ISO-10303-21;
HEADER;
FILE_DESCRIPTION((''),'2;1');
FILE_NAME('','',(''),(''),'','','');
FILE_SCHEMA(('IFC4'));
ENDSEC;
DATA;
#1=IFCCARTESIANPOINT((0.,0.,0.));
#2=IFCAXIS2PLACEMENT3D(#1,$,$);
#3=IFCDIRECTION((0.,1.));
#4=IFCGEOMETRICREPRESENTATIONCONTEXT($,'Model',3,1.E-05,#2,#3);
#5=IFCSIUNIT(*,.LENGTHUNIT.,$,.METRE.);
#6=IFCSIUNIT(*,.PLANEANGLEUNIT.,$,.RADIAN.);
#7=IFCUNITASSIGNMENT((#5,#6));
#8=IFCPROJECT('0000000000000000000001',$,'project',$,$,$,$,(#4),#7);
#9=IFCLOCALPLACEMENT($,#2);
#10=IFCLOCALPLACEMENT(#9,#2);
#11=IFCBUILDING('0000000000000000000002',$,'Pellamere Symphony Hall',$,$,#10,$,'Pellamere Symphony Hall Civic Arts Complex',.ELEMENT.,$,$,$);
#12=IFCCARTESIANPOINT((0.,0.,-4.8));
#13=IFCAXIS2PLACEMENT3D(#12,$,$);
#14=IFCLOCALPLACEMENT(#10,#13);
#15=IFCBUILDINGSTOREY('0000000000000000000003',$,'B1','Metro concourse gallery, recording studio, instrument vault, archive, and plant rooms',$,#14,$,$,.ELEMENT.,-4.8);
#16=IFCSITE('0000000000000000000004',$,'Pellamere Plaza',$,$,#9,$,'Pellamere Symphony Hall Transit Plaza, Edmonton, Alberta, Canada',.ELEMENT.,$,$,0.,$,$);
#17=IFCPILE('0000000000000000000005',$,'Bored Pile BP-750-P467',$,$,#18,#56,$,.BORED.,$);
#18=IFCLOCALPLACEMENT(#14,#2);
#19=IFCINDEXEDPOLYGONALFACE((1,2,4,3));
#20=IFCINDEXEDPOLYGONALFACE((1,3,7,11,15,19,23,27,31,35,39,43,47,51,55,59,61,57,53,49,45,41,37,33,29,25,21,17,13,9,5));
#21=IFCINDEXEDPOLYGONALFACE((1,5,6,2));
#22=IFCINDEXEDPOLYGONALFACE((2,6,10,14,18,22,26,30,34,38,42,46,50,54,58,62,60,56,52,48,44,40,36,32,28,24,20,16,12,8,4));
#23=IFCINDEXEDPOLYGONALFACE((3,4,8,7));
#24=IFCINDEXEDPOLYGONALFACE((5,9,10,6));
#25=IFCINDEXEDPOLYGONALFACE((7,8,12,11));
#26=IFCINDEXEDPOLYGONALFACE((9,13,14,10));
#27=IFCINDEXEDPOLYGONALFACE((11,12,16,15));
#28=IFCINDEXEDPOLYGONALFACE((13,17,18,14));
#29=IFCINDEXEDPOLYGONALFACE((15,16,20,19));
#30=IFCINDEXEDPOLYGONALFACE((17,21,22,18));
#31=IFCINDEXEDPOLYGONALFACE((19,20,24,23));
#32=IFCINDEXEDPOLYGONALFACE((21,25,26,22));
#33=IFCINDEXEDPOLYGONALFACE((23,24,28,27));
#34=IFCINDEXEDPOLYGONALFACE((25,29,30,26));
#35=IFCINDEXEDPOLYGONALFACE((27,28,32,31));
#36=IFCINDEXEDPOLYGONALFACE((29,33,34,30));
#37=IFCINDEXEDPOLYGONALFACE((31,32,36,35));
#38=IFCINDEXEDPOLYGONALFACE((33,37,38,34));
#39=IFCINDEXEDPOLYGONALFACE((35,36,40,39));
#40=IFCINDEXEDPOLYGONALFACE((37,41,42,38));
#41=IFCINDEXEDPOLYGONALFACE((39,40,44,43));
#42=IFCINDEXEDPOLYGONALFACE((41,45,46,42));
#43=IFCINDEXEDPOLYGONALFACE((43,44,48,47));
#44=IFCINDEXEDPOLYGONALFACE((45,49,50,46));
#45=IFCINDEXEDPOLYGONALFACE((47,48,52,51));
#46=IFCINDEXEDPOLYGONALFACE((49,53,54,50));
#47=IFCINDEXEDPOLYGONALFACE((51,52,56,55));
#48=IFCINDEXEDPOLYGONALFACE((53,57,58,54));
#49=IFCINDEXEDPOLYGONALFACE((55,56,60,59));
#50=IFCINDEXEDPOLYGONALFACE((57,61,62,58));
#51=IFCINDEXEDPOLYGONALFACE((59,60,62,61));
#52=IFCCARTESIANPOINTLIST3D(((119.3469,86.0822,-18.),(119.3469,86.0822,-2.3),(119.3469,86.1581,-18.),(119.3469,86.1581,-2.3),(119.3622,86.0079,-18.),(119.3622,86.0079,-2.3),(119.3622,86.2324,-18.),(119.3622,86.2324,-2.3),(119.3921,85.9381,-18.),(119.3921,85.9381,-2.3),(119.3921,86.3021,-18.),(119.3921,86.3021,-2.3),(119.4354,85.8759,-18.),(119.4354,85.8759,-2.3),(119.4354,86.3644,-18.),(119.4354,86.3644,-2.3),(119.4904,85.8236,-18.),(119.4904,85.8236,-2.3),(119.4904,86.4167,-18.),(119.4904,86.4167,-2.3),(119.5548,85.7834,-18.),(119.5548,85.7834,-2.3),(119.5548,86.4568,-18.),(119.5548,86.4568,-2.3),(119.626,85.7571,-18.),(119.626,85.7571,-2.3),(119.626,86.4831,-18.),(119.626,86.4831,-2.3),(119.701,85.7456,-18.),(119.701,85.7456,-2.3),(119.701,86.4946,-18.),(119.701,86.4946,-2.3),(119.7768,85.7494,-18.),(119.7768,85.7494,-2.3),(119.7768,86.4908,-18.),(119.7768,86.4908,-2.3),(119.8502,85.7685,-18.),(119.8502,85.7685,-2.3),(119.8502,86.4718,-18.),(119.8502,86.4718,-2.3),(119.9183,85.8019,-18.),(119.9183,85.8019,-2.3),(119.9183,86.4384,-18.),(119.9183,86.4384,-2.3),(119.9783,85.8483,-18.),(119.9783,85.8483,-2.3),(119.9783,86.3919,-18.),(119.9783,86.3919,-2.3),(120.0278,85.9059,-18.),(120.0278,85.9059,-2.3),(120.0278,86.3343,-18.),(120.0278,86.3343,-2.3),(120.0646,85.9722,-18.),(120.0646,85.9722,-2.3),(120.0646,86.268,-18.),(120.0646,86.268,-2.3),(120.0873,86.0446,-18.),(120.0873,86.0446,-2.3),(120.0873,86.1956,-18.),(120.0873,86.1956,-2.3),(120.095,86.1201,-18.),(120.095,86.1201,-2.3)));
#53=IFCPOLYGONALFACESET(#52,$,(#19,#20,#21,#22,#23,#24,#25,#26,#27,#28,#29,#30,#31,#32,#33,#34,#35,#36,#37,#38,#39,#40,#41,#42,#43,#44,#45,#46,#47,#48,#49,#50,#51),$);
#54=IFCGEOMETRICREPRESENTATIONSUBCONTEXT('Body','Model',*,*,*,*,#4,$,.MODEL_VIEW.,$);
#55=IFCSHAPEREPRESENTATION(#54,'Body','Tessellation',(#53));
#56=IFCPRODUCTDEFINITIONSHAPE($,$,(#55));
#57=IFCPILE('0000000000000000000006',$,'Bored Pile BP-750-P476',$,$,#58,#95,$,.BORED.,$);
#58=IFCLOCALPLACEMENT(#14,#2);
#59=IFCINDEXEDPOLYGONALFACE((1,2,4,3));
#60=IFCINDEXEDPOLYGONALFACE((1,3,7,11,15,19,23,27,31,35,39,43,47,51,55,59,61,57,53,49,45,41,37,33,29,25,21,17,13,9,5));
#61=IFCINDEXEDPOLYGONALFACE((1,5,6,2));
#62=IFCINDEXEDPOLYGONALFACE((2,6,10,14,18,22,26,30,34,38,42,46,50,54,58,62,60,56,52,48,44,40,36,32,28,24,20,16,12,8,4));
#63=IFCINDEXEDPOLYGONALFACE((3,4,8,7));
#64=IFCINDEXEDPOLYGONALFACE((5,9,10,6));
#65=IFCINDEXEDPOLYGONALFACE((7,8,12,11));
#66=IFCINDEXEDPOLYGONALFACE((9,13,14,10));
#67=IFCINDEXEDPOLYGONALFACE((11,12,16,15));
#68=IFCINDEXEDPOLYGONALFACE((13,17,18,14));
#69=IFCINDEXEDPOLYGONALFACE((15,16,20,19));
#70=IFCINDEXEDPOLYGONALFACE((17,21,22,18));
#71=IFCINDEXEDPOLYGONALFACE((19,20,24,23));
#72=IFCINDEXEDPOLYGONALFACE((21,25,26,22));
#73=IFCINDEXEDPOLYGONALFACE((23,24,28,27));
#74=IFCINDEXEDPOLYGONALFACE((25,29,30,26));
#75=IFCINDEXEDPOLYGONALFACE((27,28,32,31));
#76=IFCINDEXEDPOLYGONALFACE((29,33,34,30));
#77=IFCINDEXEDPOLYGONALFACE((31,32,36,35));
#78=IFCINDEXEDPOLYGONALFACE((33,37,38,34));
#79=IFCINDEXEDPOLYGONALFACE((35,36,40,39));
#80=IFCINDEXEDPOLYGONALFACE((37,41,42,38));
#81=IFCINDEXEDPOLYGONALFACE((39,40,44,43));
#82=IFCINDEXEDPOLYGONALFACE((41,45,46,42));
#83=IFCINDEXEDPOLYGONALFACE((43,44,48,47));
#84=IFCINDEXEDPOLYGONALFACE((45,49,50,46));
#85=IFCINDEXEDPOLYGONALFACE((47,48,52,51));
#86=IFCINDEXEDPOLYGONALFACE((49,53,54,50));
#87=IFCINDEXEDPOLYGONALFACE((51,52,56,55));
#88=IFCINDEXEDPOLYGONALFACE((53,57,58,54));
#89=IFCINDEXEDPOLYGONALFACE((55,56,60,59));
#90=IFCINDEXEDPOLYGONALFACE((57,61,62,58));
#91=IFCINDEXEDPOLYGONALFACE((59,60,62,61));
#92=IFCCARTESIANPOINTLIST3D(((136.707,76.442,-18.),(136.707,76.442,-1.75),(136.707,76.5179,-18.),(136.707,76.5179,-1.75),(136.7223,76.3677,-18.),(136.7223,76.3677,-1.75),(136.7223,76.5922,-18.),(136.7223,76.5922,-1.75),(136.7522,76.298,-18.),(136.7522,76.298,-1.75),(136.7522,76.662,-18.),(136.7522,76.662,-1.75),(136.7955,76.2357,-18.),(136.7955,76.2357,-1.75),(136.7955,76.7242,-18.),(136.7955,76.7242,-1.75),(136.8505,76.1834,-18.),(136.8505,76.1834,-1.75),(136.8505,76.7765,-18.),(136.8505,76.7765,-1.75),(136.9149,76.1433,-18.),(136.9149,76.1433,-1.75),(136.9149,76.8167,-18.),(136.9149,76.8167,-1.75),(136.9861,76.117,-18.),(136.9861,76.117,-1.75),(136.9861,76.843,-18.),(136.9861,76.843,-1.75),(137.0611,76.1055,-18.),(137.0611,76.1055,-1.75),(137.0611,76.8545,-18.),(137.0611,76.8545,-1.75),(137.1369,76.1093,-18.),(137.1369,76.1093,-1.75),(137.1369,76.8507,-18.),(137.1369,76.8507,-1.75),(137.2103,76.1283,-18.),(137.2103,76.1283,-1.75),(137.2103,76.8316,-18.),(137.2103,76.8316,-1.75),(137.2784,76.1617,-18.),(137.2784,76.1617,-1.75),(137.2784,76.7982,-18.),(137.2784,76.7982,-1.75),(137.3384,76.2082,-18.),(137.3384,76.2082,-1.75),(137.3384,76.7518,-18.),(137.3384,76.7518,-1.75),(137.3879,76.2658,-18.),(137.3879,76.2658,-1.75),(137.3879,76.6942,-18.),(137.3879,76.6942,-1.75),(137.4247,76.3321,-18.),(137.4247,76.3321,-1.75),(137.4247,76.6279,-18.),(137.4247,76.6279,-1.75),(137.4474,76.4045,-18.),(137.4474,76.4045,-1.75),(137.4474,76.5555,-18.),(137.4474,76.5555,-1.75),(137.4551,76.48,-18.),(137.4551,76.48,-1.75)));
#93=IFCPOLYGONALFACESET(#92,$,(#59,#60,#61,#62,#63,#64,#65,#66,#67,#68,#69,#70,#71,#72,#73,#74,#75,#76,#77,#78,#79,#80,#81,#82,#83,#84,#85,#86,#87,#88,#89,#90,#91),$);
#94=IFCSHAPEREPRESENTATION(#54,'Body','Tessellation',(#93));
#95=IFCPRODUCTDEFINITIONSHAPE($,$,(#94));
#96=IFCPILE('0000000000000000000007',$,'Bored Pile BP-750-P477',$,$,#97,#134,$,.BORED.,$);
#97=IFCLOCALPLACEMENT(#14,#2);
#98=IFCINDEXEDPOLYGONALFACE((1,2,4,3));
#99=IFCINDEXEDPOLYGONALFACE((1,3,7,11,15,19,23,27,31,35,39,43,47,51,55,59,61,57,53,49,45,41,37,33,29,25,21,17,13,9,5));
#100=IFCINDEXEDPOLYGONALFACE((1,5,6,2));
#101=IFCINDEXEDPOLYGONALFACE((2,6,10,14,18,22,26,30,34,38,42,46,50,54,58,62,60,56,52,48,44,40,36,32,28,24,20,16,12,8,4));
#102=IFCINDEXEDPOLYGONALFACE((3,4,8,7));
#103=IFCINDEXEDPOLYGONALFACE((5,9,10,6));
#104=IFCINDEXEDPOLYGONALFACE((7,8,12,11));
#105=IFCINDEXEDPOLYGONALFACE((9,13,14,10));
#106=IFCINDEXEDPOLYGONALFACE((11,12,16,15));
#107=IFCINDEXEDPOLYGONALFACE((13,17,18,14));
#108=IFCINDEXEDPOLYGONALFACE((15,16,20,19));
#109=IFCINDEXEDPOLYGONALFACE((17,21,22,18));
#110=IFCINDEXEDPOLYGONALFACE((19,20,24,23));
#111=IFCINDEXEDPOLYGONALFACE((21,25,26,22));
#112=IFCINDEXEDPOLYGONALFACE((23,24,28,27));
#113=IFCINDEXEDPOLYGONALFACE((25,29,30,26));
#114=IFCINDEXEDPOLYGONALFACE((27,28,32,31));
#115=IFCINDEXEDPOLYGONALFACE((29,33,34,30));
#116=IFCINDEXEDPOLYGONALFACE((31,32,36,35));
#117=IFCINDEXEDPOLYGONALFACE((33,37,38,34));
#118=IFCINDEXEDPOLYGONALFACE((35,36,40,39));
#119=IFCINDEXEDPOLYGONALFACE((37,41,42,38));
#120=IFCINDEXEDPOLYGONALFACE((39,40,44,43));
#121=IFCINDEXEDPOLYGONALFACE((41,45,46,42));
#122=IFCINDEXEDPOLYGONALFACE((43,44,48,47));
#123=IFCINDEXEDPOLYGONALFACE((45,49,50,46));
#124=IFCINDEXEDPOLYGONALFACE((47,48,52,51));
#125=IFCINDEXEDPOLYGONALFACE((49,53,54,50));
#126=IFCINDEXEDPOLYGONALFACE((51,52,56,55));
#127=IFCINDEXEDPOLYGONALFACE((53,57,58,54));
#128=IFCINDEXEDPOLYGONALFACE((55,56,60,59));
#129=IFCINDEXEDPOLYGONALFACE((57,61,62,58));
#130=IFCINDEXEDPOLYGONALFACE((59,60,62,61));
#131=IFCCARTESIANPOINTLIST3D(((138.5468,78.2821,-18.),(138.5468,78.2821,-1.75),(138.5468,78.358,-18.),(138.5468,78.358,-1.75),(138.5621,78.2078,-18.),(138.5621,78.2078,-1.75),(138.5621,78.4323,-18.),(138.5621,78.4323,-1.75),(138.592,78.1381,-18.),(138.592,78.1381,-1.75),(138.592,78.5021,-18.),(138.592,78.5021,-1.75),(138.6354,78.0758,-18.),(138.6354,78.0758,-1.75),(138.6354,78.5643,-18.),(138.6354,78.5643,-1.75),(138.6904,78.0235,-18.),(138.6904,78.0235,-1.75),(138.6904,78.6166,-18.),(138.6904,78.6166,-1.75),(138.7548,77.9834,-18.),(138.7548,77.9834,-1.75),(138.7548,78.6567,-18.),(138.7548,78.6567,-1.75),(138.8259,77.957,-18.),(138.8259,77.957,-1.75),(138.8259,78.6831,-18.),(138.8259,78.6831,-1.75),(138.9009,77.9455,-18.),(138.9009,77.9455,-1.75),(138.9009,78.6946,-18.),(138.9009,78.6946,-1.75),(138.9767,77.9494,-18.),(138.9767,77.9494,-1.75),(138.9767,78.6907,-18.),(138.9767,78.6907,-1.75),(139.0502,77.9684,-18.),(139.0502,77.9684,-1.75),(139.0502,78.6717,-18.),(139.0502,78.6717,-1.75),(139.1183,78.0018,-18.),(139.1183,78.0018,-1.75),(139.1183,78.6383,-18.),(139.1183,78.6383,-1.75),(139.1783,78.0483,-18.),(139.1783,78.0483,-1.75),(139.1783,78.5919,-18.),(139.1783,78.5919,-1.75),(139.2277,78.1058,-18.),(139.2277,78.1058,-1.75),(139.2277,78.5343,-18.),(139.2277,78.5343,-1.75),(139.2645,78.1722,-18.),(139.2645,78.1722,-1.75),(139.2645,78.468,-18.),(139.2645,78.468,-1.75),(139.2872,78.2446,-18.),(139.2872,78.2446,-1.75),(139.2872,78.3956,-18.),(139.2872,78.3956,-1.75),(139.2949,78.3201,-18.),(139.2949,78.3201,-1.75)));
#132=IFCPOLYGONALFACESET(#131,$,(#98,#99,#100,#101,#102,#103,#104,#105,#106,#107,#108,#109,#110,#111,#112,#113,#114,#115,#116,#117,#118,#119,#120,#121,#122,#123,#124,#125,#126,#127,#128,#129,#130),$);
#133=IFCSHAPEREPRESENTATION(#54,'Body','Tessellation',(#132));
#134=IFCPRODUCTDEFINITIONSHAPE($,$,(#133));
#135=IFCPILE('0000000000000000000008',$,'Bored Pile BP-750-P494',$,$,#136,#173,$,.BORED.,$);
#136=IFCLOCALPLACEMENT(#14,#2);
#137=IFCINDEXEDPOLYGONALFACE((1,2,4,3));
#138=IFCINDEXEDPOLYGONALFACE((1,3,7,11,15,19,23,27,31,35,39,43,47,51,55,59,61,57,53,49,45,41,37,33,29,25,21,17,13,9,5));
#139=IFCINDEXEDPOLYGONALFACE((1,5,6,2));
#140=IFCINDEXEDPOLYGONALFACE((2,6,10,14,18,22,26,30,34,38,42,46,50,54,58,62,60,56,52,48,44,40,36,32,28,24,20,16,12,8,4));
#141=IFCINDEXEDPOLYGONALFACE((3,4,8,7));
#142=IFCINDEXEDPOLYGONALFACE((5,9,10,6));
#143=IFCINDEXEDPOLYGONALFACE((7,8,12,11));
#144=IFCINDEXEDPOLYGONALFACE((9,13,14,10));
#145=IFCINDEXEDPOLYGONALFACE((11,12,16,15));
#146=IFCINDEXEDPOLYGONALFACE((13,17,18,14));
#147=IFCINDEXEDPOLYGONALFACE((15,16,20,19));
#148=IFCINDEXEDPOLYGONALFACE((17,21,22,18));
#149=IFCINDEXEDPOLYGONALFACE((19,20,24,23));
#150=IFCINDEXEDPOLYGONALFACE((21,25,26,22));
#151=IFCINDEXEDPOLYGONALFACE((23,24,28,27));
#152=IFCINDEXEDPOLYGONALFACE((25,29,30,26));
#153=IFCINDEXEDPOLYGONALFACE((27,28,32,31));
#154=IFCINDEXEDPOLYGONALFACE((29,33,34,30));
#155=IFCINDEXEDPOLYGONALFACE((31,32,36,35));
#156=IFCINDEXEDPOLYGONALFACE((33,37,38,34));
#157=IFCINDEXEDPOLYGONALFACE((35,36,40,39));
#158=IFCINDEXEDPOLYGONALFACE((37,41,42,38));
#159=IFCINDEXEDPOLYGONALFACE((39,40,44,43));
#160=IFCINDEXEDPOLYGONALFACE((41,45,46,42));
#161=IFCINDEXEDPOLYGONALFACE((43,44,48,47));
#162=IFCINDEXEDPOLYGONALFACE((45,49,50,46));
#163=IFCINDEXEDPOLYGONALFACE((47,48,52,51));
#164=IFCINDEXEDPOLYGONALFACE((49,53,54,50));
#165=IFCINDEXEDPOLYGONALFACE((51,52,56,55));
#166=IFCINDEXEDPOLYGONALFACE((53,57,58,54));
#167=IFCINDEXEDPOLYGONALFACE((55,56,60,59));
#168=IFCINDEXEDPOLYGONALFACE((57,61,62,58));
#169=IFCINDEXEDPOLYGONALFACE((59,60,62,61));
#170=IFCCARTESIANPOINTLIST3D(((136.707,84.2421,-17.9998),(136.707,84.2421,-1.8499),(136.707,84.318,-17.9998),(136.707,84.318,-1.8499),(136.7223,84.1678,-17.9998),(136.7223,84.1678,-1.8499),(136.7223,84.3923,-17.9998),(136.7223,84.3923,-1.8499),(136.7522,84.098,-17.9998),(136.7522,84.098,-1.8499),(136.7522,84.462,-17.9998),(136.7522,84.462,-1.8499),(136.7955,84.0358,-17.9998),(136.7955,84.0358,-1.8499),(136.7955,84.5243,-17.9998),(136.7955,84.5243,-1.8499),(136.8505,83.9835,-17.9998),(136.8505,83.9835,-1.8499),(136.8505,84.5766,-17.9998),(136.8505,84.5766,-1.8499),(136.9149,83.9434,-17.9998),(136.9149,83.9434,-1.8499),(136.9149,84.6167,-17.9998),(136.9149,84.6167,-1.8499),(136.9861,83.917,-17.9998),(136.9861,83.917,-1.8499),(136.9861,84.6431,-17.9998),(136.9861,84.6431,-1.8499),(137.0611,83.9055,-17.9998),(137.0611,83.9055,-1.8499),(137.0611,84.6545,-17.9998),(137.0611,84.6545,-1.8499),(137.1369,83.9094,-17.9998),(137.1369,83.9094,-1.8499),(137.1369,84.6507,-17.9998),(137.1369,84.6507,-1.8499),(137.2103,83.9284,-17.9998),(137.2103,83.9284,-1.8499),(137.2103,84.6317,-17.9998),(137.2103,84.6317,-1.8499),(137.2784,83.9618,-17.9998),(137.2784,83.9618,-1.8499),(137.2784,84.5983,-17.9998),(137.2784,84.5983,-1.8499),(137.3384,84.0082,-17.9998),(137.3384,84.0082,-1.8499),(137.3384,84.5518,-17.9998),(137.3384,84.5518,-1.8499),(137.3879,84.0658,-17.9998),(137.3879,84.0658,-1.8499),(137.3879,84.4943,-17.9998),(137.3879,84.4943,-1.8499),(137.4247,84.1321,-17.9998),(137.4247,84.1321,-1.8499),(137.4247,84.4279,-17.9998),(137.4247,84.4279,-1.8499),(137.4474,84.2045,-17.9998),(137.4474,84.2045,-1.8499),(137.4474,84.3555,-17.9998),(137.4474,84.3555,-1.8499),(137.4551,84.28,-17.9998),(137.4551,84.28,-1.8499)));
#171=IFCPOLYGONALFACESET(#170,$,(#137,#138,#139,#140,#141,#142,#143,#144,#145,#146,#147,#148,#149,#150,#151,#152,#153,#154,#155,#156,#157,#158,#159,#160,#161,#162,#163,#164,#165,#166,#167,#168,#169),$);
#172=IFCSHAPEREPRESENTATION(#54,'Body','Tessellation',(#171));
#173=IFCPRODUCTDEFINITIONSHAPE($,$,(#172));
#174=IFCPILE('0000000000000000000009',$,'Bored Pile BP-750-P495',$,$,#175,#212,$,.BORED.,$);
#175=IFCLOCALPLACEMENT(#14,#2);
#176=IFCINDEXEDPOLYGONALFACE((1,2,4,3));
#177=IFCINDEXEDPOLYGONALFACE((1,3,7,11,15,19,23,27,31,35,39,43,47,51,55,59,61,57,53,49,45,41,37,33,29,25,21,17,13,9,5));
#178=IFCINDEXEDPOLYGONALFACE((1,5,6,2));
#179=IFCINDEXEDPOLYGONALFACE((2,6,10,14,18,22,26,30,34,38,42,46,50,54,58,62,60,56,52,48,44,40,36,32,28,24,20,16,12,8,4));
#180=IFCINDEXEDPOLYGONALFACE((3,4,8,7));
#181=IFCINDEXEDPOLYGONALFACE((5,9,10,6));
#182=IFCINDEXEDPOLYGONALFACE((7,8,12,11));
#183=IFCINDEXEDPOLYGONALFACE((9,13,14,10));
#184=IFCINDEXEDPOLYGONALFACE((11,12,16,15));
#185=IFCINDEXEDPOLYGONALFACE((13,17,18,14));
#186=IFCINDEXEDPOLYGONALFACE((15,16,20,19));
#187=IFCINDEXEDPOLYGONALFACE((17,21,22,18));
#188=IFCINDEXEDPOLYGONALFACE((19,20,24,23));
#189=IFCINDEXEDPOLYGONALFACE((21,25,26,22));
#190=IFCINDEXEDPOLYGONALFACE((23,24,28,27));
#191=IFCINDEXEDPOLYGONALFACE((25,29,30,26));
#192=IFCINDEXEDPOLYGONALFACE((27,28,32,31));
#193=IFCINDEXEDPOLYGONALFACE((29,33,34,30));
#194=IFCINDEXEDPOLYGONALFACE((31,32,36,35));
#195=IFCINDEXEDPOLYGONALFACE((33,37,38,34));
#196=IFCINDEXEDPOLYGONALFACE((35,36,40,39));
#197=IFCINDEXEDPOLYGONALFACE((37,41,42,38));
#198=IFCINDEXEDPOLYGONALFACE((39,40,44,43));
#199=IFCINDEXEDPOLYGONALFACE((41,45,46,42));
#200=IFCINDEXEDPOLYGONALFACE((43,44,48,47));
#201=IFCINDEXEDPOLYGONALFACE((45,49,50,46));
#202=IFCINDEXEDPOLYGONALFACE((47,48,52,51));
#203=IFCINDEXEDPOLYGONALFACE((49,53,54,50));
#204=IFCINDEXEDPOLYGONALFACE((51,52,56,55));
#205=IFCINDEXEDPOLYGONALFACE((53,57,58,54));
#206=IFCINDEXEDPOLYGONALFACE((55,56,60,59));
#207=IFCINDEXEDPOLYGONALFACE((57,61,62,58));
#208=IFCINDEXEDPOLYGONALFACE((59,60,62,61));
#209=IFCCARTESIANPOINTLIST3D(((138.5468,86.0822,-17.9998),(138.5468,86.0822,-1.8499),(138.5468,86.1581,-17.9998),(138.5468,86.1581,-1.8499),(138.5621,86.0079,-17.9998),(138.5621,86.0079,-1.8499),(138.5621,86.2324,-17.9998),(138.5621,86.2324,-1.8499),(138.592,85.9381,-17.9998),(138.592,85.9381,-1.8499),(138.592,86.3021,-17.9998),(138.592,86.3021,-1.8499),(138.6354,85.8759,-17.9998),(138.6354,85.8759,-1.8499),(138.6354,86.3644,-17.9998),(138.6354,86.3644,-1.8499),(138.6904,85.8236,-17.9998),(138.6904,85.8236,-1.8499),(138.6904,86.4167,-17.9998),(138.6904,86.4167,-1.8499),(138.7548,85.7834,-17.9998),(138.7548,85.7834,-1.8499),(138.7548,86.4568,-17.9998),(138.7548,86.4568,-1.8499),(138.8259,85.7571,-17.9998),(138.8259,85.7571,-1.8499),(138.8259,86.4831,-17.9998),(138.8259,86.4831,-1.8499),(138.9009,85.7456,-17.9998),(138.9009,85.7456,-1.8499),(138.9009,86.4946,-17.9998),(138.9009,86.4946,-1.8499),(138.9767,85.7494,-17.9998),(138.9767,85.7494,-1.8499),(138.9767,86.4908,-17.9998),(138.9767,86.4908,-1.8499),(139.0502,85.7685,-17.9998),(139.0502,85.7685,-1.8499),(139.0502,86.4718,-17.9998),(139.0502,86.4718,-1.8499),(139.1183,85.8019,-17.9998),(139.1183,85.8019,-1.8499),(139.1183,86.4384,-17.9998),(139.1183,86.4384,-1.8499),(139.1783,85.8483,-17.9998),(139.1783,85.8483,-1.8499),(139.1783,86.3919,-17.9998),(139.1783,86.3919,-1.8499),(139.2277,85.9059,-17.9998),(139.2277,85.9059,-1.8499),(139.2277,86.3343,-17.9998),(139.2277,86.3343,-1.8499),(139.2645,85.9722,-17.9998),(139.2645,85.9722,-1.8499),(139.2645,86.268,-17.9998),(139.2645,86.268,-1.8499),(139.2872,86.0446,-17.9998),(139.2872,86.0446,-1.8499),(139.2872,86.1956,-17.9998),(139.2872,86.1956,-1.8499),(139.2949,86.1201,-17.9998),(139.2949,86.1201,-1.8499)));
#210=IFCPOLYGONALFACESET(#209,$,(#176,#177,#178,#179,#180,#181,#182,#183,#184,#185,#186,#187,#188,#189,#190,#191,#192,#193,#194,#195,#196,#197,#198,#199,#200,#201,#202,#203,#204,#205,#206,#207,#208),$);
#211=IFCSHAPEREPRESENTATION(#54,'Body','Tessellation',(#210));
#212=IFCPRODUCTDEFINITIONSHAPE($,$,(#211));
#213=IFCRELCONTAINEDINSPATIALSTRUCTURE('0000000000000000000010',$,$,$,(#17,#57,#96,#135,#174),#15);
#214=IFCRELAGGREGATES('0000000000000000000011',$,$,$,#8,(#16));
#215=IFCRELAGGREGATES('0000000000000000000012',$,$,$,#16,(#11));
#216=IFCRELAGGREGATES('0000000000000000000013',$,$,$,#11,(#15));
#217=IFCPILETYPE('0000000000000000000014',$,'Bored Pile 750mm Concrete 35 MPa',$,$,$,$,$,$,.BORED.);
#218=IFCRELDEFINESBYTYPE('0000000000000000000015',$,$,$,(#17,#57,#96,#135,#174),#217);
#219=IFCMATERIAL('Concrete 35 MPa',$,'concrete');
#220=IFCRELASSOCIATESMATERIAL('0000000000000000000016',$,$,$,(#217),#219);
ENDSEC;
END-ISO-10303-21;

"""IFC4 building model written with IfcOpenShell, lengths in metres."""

from ifc_helpers import new_model, si_unit, direction, frame, origin, origin_2d, place, context, subcontext, project, spatial, circle, extrude, material, material_profile, profile_set, type_object, element, save


model = new_model("IFC4")

# Units and contexts
model_context = context("Model", 3, precision=1e-05, world=origin(), true_north=direction((0.0, 1.0)))
body_context = subcontext(model_context, "Body", "Model", "MODEL_VIEW")
ifc_project = project(units=[si_unit("LENGTHUNIT", "METRE"), si_unit("PLANEANGLEUNIT", "RADIAN")], contexts=[model_context])

# Site, building, storey
site_placement = place(None, origin())
site = spatial("IfcSite", under=ifc_project, at=site_placement, Name="Pellamere Plaza", LongName="Pellamere Symphony Hall Transit Plaza, Edmonton, Alberta, Canada", CompositionType="ELEMENT", RefElevation=0.0)
building_placement = place(site_placement, origin())
building = spatial("IfcBuilding", under=site, at=building_placement, Name="Pellamere Symphony Hall", LongName="Pellamere Symphony Hall Civic Arts Complex", CompositionType="ELEMENT")
storey_placement = place(building_placement, frame((0.0, 0.0, -4.8)))
storey = spatial("IfcBuildingStorey", under=building, at=storey_placement, Name="B1", Description="Metro concourse gallery, recording studio, instrument vault, archive, and plant rooms", CompositionType="ELEMENT", Elevation=-4.8)

# Piles
ifc_material_1 = material(Name="Concrete 35 MPa", Category="concrete")
ifc_material_profile_1 = material_profile(ifc_material_1, circle(Radius=0.375, at=origin_2d()), Name="PILE D750")
ifc_profile_set_1 = profile_set([ifc_material_profile_1], Name="Concrete 35 MPa")
pile_type = type_object("IfcPileType", Name="Bored Pile 750mm Concrete 35 MPa", PredefinedType="BORED", material=ifc_profile_set_1)
pile_1_placement = place(storey_placement, frame((119.72, 86.1201, -2.3), z_axis=(0.0, 0.0, -1.0), x_axis=(1.0, 0.0, 0.0)))
element("IfcPile", 1, at=pile_1_placement, inside=storey, type_object=pile_type, Name="Bored Pile BP-750-P467", PredefinedType="BORED", context=body_context, shape_type="SweptSolid", body=[
    extrude(circle(Radius=0.375, at=origin_2d()), origin(), (0.0, 0.0, 1.0), 15.7),
])
for number, where, z_axis, x_axis, name in (
    (2, (137.0801, 76.48, -1.75), (0.0, 0.0, -1.0), (1.0, 0.0, 0.0), "Bored Pile BP-750-P476"),
    (3, (138.9199, 78.3201, -1.75), (0.0, 0.0, -1.0), (1.0, 0.0, 0.0), "Bored Pile BP-750-P477"),
):
    element("IfcPile", number, at=place(storey_placement, frame(where, z_axis=z_axis, x_axis=x_axis)), inside=storey, type_object=pile_type, Name=name, PredefinedType="BORED", context=body_context, shape_type="SweptSolid", body=[
        extrude(circle(Radius=0.375, at=origin_2d()), origin(), (0.0, 0.0, 1.0), 16.25),
    ])
for number, where, z_axis, x_axis, name in (
    (4, (137.0801, 84.28, -1.8499), (0.0, 0.0, -1.0), (1.0, 0.0, 0.0), "Bored Pile BP-750-P494"),
    (5, (138.9199, 86.1201, -1.8499), (0.0, 0.0, -1.0), (1.0, 0.0, 0.0), "Bored Pile BP-750-P495"),
):
    element("IfcPile", number, at=place(storey_placement, frame(where, z_axis=z_axis, x_axis=x_axis)), inside=storey, type_object=pile_type, Name=name, PredefinedType="BORED", context=body_context, shape_type="SweptSolid", body=[
        extrude(circle(Radius=0.375, at=origin_2d()), origin(), (0.0, 0.0, 1.0), 16.1499),
    ])

save(model, "model.ifc")
